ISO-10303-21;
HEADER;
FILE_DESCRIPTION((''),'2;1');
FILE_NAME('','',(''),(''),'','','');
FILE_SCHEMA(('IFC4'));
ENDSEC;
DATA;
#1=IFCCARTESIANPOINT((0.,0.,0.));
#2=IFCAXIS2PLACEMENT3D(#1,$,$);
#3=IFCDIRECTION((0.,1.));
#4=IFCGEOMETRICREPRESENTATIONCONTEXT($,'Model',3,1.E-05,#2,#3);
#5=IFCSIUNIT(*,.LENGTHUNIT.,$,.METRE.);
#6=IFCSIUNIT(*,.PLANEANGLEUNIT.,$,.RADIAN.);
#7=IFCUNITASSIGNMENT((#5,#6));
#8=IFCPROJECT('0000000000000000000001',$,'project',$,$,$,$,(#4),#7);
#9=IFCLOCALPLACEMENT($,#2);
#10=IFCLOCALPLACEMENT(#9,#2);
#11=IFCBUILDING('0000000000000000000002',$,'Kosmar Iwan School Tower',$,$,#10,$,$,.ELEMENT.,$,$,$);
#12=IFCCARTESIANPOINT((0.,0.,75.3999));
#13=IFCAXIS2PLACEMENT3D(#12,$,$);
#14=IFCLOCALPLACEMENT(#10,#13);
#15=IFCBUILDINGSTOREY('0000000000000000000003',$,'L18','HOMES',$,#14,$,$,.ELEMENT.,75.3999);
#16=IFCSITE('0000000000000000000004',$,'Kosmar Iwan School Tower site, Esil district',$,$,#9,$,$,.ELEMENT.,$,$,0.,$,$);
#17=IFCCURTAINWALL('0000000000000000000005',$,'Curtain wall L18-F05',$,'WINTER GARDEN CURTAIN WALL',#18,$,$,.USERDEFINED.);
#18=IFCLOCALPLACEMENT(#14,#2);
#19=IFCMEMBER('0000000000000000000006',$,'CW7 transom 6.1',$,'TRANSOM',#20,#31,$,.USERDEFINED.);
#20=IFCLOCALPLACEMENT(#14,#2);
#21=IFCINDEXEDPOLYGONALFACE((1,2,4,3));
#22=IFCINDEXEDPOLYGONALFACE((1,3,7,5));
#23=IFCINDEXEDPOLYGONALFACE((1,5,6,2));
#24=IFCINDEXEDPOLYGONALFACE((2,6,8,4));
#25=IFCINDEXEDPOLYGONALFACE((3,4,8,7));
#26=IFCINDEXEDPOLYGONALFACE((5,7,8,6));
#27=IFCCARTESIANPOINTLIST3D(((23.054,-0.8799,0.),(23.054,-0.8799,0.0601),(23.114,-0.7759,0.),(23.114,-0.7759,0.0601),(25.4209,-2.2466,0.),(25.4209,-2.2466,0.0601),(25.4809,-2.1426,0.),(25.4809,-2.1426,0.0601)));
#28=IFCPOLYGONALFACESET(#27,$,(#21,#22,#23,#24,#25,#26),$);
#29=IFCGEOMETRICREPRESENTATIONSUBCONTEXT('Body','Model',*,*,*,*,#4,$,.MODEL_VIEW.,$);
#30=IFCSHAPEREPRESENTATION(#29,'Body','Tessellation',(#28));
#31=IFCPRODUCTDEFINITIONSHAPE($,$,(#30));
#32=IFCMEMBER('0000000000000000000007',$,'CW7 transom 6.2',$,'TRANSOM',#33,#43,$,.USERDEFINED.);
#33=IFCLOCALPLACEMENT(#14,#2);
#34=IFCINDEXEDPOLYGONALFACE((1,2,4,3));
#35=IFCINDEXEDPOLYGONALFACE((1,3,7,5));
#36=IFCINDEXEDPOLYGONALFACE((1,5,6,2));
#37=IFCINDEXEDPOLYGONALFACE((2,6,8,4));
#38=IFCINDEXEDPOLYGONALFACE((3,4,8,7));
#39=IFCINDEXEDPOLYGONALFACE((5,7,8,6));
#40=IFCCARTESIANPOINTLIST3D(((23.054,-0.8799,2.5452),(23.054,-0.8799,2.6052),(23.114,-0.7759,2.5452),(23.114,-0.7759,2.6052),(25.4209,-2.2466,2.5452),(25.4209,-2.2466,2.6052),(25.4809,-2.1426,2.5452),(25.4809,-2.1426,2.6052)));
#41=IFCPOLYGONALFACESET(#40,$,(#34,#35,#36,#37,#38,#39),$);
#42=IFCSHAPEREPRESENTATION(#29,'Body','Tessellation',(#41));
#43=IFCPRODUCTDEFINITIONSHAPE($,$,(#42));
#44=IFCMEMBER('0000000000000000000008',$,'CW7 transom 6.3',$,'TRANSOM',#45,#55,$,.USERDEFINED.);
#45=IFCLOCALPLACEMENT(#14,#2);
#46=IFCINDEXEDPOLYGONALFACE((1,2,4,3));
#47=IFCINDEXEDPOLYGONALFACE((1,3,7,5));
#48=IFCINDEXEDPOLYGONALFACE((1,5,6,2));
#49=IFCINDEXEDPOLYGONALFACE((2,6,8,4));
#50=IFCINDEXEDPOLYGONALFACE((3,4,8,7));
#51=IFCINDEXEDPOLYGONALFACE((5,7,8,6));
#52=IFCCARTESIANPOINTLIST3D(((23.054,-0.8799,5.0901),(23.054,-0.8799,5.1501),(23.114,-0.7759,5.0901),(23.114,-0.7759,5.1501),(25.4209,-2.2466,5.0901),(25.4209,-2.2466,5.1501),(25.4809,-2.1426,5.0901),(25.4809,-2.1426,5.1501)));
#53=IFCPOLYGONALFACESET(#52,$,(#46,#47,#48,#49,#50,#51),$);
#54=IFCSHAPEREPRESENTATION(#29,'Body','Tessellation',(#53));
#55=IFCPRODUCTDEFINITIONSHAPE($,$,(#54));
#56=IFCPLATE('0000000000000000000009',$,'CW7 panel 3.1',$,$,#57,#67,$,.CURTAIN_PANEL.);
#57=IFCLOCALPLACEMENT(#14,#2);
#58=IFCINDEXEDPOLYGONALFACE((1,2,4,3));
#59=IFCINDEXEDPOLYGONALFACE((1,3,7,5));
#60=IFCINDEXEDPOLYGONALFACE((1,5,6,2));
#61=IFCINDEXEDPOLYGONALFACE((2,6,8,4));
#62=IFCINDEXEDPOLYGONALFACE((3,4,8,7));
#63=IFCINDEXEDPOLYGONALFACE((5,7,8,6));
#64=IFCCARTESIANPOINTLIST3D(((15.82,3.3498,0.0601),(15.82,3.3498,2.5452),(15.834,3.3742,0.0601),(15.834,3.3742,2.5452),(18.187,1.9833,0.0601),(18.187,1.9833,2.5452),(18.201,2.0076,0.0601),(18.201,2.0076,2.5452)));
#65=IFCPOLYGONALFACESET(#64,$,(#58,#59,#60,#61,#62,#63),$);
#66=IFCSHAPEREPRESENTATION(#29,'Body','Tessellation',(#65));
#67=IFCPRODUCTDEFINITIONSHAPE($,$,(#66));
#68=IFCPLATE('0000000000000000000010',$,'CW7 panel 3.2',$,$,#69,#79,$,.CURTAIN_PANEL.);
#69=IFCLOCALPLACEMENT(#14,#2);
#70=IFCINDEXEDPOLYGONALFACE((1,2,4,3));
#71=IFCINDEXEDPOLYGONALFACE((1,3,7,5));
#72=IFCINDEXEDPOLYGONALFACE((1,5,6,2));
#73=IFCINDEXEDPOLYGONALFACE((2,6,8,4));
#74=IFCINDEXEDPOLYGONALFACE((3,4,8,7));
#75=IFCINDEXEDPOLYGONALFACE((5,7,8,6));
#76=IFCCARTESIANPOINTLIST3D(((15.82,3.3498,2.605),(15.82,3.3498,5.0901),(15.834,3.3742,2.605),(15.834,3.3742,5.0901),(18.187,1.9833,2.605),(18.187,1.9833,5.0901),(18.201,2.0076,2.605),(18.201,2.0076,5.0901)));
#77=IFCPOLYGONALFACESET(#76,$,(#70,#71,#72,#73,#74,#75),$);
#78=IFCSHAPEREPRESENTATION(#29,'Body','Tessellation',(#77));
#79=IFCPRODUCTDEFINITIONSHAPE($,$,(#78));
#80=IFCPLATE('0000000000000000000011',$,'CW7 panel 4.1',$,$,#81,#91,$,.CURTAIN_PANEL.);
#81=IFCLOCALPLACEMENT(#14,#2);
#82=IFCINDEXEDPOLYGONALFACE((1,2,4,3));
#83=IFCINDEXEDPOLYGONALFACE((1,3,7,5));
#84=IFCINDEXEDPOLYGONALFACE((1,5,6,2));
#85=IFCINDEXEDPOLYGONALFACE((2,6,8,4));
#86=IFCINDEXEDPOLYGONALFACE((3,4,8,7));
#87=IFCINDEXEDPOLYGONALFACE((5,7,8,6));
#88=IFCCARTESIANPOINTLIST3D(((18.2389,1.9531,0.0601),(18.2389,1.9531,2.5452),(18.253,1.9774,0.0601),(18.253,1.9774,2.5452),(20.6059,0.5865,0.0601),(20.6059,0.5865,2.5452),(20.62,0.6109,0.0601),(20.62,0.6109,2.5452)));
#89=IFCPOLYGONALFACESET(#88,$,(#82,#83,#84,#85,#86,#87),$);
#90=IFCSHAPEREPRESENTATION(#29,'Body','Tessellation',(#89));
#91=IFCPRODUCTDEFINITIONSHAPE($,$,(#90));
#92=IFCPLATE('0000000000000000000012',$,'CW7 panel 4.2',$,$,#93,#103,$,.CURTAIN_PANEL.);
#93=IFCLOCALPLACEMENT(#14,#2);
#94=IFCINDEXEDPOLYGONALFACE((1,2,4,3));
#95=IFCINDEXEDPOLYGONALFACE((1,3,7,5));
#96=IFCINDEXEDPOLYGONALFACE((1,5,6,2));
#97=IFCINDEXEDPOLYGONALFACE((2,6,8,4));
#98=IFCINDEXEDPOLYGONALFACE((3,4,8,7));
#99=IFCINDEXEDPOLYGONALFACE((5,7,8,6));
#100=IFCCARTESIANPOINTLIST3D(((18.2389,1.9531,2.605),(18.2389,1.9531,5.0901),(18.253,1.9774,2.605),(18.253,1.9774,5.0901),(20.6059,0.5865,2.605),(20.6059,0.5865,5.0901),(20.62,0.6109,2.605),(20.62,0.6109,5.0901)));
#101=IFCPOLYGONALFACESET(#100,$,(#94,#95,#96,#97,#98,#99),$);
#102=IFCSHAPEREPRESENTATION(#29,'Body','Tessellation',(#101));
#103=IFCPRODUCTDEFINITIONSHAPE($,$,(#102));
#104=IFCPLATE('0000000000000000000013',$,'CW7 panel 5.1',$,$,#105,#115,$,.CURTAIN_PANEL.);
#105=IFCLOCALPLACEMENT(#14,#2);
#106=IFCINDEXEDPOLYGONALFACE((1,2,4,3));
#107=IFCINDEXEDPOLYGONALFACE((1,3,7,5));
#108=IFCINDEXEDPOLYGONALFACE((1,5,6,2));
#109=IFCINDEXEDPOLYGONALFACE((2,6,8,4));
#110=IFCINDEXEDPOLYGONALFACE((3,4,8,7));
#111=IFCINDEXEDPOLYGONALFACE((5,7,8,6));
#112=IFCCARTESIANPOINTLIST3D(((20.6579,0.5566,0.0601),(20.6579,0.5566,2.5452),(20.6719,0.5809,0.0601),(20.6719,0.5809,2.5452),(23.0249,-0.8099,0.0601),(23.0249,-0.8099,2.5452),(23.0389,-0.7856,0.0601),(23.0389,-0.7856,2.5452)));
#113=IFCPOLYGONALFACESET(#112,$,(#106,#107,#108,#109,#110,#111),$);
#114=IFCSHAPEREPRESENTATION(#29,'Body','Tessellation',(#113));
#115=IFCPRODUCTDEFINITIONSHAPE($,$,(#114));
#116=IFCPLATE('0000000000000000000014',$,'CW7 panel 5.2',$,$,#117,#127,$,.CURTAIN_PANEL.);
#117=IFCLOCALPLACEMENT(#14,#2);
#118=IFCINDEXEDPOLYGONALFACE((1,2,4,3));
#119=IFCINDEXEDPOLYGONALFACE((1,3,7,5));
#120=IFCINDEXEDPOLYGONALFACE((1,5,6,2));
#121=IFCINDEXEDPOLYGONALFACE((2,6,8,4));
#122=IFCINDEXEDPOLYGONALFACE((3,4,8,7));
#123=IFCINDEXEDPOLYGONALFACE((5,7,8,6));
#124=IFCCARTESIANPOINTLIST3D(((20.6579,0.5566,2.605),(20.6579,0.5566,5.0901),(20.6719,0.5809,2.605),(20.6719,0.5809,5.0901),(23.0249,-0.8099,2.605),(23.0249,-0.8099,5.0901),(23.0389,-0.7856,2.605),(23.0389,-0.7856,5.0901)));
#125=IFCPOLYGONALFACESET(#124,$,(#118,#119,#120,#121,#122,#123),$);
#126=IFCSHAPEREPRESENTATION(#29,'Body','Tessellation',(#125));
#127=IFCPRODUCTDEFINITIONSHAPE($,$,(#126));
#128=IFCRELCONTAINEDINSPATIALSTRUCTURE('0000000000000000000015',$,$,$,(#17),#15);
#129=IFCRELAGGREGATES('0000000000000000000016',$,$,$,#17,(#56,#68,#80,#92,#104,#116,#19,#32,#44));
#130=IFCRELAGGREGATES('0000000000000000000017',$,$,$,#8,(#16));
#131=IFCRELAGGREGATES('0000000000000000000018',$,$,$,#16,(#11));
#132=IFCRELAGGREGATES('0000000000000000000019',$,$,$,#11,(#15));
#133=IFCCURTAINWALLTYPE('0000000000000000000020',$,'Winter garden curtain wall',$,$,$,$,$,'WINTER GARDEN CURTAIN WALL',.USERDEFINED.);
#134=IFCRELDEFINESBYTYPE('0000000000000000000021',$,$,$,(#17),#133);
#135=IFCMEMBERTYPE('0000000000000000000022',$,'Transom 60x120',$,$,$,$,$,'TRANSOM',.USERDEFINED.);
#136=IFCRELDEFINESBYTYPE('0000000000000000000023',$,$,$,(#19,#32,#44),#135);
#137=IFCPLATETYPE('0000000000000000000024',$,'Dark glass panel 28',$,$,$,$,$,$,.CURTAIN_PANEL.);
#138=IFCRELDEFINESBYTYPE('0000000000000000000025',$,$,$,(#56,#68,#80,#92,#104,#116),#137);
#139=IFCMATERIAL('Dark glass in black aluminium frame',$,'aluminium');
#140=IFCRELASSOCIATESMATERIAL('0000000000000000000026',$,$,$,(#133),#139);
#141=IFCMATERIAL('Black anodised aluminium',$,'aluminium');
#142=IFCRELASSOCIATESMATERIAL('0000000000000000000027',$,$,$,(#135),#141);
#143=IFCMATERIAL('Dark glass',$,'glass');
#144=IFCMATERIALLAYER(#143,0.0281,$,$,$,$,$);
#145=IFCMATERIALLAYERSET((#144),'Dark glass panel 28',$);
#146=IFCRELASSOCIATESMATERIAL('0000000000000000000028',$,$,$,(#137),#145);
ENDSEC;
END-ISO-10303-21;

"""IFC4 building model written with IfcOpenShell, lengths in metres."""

from ifc_helpers import new_model, si_unit, direction, frame, origin, origin_2d, place, context, subcontext, project, spatial, rectangle, extrude, material, layer, layer_set, material_profile, profile_set, type_object, element, aggregate, save


model = new_model("IFC4")

# Units and contexts
model_context = context("Model", 3, precision=1e-05, world=origin(), true_north=direction((0.0, 1.0)))
body_context = subcontext(model_context, "Body", "Model", "MODEL_VIEW")
ifc_project = project(units=[si_unit("LENGTHUNIT", "METRE"), si_unit("PLANEANGLEUNIT", "RADIAN")], contexts=[model_context])

# Site, building, storey
site_placement = place(None, origin())
site = spatial("IfcSite", under=ifc_project, at=site_placement, Name="Kosmar Iwan School Tower site, Esil district", CompositionType="ELEMENT", RefElevation=0.0)
building_placement = place(site_placement, origin())
building = spatial("IfcBuilding", under=site, at=building_placement, Name="Kosmar Iwan School Tower", CompositionType="ELEMENT")
storey_placement = place(building_placement, frame((0.0, 0.0, 75.3999)))
storey = spatial("IfcBuildingStorey", under=building, at=storey_placement, Name="L18", Description="HOMES", CompositionType="ELEMENT", Elevation=75.3999)

# Curtain wall
ifc_material_1 = material(Name="Dark glass in black aluminium frame", Category="aluminium")
curtain_wall_type = type_object("IfcCurtainWallType", Name="Winter garden curtain wall", ElementType="WINTER GARDEN CURTAIN WALL", PredefinedType="USERDEFINED", material=ifc_material_1)
curtain_wall_placement = place(storey_placement, origin())
curtain_wall = element("IfcCurtainWall", 1, at=curtain_wall_placement, inside=storey, type_object=curtain_wall_type, Name="Curtain wall L18-F05", ObjectType="WINTER GARDEN CURTAIN WALL", PredefinedType="USERDEFINED")

# Members
ifc_material_2 = material(Name="Black anodised aluminium", Category="aluminium")
ifc_material_profile_1 = material_profile(ifc_material_2, rectangle(XDim=0.1201, YDim=0.0601, at=origin_2d()), Name="TRANSOM 60x120")
ifc_profile_set_1 = profile_set([ifc_material_profile_1], Name="Black anodised aluminium")
member_type_1 = type_object("IfcMemberType", Name="Transom 60x120", ElementType="TRANSOM", PredefinedType="USERDEFINED", material=ifc_profile_set_1)
member_1_placement = place(storey_placement, frame((23.084, -0.8279, 0.03), z_axis=(0.866003, -0.500039, 0.0), x_axis=(0.500039, 0.866003, 0.0)))
member_1 = element("IfcMember", 2, at=member_1_placement, type_object=member_type_1, Name="CW7 transom 6.1", ObjectType="TRANSOM", PredefinedType="USERDEFINED", context=body_context, shape_type="SweptSolid", body=[
    extrude(rectangle(XDim=0.1201, YDim=0.0601, at=origin_2d()), origin(), (0.0, 0.0, 1.0), 2.7332),
])
member_2_placement = place(storey_placement, frame((23.084, -0.8279, 2.5752), z_axis=(0.866003, -0.500039, 0.0), x_axis=(0.500039, 0.866003, 0.0)))
member_2 = element("IfcMember", 3, at=member_2_placement, type_object=member_type_1, Name="CW7 transom 6.2", ObjectType="TRANSOM", PredefinedType="USERDEFINED", context=body_context, shape_type="SweptSolid", body=[
    extrude(rectangle(XDim=0.1201, YDim=0.0601, at=origin_2d()), origin(), (0.0, 0.0, 1.0), 2.7332),
])
member_3_placement = place(storey_placement, frame((23.084, -0.8279, 5.1201), z_axis=(0.866003, -0.500039, 0.0), x_axis=(0.500039, 0.866003, 0.0)))
member_3 = element("IfcMember", 4, at=member_3_placement, type_object=member_type_1, Name="CW7 transom 6.3", ObjectType="TRANSOM", PredefinedType="USERDEFINED", context=body_context, shape_type="SweptSolid", body=[
    extrude(rectangle(XDim=0.1201, YDim=0.0601, at=origin_2d()), origin(), (0.0, 0.0, 1.0), 2.7332),
])

# Plates
ifc_material_3 = material(Name="Dark glass", Category="glass")
ifc_layer_1 = layer(ifc_material_3, 0.0281)
ifc_layer_set_1 = layer_set([ifc_layer_1], Name="Dark glass panel 28")
plate_type = type_object("IfcPlateType", Name="Dark glass panel 28", PredefinedType="CURTAIN_PANEL", material=ifc_layer_set_1)
plate_1_placement = place(storey_placement, frame((17.0105, 2.6787, 0.0601), z_axis=(0.0, 0.0, 1.0), x_axis=(0.866025, -0.5, 0.0)))
plate_1 = element("IfcPlate", 5, at=plate_1_placement, type_object=plate_type, Name="CW7 panel 3.1", PredefinedType="CURTAIN_PANEL", context=body_context, shape_type="SweptSolid", body=[
    extrude(rectangle(XDim=2.7332, YDim=0.0281, at=origin_2d()), origin(), (0.0, 0.0, 1.0), 2.4851),
])
plate_2_placement = place(storey_placement, frame((17.0105, 2.6787, 2.605), z_axis=(0.0, 0.0, 1.0), x_axis=(0.866025, -0.5, 0.0)))
plate_2 = element("IfcPlate", 6, at=plate_2_placement, type_object=plate_type, Name="CW7 panel 3.2", PredefinedType="CURTAIN_PANEL", context=body_context, shape_type="SweptSolid", body=[
    extrude(rectangle(XDim=2.7332, YDim=0.0281, at=origin_2d()), origin(), (0.0, 0.0, 1.0), 2.4851),
])
plate_3_placement = place(storey_placement, frame((19.4294, 1.282, 0.0601), z_axis=(0.0, 0.0, 1.0), x_axis=(0.866025, -0.5, 0.0)))
plate_3 = element("IfcPlate", 7, at=plate_3_placement, type_object=plate_type, Name="CW7 panel 4.1", PredefinedType="CURTAIN_PANEL", context=body_context, shape_type="SweptSolid", body=[
    extrude(rectangle(XDim=2.7332, YDim=0.0281, at=origin_2d()), origin(), (0.0, 0.0, 1.0), 2.4851),
])
plate_4_placement = place(storey_placement, frame((19.4294, 1.282, 2.605), z_axis=(0.0, 0.0, 1.0), x_axis=(0.866025, -0.5, 0.0)))
plate_4 = element("IfcPlate", 8, at=plate_4_placement, type_object=plate_type, Name="CW7 panel 4.2", PredefinedType="CURTAIN_PANEL", context=body_context, shape_type="SweptSolid", body=[
    extrude(rectangle(XDim=2.7332, YDim=0.0281, at=origin_2d()), origin(), (0.0, 0.0, 1.0), 2.4851),
])
plate_5_placement = place(storey_placement, frame((21.8484, -0.1145, 0.0601), z_axis=(0.0, 0.0, 1.0), x_axis=(0.866025, -0.5, 0.0)))
plate_5 = element("IfcPlate", 9, at=plate_5_placement, type_object=plate_type, Name="CW7 panel 5.1", PredefinedType="CURTAIN_PANEL", context=body_context, shape_type="SweptSolid", body=[
    extrude(rectangle(XDim=2.7332, YDim=0.0281, at=origin_2d()), origin(), (0.0, 0.0, 1.0), 2.4851),
])
plate_6_placement = place(storey_placement, frame((21.8484, -0.1145, 2.605), z_axis=(0.0, 0.0, 1.0), x_axis=(0.866025, -0.5, 0.0)))
plate_6 = element("IfcPlate", 10, at=plate_6_placement, type_object=plate_type, Name="CW7 panel 5.2", PredefinedType="CURTAIN_PANEL", context=body_context, shape_type="SweptSolid", body=[
    extrude(rectangle(XDim=2.7332, YDim=0.0281, at=origin_2d()), origin(), (0.0, 0.0, 1.0), 2.4851),
])
aggregate(curtain_wall, [plate_1, plate_2, plate_3, plate_4, plate_5, plate_6, member_1, member_2, member_3])

save(model, "model.ifc")
